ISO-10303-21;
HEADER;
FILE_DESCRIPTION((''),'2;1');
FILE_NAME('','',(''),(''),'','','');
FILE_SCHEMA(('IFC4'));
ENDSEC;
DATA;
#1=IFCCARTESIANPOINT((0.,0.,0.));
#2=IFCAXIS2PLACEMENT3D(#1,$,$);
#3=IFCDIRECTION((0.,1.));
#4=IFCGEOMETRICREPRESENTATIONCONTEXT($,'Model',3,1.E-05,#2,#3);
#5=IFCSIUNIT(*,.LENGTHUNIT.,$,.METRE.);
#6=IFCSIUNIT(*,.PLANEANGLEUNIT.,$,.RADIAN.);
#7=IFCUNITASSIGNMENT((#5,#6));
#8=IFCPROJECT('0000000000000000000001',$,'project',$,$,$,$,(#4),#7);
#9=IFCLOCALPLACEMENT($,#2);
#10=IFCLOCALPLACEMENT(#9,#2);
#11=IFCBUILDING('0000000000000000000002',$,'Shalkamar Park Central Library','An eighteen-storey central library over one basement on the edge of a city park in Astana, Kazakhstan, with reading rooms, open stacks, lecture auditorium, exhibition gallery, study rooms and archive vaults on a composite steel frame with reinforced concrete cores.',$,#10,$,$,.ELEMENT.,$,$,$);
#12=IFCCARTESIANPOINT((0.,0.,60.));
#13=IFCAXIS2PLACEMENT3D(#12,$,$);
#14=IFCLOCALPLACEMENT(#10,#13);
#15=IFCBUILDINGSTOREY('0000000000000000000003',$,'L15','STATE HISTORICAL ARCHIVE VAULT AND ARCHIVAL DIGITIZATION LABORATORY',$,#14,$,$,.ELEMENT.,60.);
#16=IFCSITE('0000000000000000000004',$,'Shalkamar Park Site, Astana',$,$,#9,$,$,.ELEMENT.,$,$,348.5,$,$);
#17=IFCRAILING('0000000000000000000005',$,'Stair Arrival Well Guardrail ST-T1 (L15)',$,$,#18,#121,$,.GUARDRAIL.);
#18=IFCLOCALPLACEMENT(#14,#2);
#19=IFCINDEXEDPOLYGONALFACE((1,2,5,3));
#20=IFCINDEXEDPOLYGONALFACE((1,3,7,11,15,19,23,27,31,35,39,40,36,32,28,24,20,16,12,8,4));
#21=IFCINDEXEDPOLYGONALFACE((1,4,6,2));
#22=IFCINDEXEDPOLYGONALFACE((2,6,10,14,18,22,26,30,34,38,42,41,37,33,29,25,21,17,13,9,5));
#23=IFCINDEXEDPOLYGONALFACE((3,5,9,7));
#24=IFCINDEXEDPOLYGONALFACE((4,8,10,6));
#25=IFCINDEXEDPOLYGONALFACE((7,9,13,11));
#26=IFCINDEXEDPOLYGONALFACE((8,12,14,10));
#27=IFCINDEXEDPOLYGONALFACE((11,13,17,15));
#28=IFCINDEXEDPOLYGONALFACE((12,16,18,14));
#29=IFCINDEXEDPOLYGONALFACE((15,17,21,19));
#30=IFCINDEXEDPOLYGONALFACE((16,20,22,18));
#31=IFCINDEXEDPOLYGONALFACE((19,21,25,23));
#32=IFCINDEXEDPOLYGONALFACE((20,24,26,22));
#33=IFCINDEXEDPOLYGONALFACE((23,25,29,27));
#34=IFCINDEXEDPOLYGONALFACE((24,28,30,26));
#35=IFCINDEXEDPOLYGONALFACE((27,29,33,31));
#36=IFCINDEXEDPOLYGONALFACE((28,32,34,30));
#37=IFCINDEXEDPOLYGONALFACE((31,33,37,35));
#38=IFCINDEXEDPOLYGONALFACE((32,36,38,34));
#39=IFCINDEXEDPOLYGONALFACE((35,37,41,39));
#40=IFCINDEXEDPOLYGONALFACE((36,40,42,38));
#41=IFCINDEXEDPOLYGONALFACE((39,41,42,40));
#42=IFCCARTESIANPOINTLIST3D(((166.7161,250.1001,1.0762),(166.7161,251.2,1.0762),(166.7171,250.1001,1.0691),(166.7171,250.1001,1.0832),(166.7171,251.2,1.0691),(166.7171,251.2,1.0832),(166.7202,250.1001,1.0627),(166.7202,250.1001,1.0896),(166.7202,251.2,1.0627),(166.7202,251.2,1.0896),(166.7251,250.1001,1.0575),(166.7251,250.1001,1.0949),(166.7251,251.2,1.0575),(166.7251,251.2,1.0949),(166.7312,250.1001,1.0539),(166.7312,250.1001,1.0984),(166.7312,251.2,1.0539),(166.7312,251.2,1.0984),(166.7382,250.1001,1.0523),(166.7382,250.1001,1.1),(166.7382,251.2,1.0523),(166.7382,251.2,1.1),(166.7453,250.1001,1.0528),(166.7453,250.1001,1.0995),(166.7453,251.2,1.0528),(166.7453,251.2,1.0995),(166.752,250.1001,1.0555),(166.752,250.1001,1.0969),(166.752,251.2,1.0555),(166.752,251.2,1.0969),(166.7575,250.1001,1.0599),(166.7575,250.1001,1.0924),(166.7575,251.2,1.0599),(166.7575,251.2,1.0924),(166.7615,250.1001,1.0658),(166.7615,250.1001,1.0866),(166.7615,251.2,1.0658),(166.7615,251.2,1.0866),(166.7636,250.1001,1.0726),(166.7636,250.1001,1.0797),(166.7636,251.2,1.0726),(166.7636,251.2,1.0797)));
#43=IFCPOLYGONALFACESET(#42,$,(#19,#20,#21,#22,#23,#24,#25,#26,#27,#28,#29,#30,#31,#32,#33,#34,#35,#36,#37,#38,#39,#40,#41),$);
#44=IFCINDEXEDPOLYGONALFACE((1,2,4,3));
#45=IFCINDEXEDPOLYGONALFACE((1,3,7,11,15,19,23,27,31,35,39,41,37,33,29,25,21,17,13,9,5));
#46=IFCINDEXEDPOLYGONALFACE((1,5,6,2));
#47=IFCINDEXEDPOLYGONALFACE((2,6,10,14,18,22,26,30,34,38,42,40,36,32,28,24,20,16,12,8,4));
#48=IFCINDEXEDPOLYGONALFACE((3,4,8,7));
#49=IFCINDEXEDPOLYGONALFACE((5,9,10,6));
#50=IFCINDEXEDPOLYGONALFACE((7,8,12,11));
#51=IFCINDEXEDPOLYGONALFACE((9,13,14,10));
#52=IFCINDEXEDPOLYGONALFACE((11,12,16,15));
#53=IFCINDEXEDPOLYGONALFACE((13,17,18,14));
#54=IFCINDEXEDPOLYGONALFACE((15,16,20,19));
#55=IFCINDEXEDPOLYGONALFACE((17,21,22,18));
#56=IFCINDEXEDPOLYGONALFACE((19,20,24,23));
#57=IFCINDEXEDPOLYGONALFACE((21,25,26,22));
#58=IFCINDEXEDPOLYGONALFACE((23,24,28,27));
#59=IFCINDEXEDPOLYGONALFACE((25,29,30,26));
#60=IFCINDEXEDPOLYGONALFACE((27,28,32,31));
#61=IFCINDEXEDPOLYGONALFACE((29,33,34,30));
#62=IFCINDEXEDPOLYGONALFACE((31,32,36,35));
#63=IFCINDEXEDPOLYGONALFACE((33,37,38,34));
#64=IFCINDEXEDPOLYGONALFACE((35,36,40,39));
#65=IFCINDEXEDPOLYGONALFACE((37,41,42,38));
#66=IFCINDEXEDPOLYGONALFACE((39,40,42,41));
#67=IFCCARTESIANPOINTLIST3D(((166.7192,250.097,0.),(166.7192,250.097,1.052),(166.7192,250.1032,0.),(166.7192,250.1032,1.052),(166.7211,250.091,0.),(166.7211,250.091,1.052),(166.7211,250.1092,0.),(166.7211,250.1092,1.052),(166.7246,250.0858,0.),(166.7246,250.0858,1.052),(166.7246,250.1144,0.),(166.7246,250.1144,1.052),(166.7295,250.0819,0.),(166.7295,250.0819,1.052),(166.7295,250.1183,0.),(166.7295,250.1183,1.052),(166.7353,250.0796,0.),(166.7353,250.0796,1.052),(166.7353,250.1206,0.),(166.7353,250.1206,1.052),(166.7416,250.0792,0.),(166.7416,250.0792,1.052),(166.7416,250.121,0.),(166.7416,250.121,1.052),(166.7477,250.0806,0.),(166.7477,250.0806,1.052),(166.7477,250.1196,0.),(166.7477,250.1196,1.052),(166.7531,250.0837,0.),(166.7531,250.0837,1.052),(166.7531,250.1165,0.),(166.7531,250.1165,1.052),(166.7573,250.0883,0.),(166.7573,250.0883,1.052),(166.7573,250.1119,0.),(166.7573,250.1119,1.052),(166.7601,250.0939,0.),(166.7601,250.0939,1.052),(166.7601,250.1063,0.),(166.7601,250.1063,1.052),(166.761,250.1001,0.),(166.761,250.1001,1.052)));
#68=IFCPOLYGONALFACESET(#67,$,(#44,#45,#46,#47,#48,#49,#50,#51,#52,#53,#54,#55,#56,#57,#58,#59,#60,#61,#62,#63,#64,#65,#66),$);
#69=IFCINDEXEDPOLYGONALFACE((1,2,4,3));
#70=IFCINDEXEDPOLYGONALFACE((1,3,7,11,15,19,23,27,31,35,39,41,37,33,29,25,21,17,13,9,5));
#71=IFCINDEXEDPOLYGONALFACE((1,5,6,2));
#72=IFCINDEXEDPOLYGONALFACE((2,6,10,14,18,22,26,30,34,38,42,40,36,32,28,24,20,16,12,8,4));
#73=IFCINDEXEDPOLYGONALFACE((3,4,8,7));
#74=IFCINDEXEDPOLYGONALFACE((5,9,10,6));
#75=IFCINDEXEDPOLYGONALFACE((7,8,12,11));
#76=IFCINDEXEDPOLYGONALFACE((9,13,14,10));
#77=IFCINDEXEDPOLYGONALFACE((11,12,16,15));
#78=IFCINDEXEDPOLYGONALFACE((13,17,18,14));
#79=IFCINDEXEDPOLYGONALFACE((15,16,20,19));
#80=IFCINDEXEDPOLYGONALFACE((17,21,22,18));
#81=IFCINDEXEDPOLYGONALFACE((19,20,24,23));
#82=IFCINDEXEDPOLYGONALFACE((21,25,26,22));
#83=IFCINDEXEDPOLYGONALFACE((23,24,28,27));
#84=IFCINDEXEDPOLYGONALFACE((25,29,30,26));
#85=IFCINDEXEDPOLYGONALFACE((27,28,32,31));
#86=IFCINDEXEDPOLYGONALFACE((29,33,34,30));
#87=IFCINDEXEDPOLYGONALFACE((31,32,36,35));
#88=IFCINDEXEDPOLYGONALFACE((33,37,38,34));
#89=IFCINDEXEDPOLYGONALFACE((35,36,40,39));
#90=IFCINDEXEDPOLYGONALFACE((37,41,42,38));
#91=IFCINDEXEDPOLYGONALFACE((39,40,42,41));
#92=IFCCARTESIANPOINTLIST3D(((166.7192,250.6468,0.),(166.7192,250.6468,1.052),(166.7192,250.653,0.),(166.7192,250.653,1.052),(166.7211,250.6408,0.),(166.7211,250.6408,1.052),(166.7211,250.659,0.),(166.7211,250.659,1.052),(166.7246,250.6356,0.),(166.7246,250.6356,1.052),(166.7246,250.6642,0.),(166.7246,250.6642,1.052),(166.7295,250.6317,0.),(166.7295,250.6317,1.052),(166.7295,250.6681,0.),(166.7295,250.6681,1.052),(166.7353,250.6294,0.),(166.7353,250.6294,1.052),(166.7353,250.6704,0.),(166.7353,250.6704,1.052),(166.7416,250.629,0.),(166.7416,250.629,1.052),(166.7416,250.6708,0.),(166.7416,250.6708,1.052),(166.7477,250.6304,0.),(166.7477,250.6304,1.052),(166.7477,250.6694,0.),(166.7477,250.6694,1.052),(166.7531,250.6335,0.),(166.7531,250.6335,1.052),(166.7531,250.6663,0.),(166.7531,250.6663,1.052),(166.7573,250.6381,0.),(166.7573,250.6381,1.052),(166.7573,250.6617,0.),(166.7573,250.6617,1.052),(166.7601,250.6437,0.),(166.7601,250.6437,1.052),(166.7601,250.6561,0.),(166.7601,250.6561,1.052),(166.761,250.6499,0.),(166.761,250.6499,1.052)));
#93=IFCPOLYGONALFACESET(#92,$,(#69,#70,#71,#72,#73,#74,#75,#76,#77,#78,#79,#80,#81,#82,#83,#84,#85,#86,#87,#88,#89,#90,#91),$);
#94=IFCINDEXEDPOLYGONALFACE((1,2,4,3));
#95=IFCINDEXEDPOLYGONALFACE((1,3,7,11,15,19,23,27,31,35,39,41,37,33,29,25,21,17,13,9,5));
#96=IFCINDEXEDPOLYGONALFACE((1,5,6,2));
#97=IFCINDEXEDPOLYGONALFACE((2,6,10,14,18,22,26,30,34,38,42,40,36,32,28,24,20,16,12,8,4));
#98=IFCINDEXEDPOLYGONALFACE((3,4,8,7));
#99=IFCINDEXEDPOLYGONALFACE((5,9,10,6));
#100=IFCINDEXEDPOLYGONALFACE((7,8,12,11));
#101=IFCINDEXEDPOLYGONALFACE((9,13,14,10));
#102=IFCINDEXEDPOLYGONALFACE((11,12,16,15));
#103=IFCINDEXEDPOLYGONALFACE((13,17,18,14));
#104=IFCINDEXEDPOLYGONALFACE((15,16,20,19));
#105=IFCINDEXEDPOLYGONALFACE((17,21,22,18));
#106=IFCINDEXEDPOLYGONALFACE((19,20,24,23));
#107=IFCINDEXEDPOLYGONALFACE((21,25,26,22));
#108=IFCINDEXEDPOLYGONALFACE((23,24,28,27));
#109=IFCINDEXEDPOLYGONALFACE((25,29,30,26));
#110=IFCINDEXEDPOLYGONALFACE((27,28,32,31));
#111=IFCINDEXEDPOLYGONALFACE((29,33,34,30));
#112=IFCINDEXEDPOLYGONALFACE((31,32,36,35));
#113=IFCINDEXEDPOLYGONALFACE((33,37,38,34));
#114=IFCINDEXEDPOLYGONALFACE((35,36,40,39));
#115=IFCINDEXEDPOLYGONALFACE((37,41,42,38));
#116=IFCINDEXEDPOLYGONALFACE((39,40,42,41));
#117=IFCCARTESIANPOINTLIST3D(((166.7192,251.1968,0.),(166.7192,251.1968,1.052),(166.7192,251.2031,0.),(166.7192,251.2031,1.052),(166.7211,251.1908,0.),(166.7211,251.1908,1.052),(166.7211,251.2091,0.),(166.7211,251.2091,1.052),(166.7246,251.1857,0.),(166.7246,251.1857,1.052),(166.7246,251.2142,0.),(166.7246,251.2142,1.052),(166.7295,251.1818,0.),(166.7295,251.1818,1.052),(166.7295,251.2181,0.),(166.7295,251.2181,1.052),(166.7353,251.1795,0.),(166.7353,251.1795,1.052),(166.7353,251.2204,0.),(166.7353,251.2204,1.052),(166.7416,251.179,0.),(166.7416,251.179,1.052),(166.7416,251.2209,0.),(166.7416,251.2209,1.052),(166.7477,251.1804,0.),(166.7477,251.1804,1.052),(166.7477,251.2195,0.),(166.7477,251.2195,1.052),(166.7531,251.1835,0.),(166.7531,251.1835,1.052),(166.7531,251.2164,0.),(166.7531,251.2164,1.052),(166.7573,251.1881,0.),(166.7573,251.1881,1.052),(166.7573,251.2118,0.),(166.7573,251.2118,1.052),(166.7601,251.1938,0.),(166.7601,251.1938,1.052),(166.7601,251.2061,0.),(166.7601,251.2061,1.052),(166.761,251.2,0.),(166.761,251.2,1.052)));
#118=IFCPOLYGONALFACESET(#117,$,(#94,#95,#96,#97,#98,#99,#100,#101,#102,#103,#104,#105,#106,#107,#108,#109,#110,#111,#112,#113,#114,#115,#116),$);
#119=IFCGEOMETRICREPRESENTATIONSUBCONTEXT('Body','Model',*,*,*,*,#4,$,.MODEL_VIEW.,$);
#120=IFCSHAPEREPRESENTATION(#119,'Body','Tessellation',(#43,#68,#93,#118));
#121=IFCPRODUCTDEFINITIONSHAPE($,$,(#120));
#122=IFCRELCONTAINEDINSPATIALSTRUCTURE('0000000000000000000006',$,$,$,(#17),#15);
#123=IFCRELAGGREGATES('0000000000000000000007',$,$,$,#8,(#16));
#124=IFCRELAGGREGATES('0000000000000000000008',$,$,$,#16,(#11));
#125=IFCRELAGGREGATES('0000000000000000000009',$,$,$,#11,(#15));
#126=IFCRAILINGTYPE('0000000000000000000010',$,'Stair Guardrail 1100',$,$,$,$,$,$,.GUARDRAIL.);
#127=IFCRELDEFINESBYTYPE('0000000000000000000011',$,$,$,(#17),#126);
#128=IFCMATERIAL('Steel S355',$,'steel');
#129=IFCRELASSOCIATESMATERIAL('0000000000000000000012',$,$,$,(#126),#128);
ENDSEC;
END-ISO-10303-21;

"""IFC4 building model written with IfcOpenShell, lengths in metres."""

from ifc_helpers import new_model, si_unit, direction, frame, origin, origin_2d, place, context, subcontext, project, spatial, circle, extrude, material, type_object, element, save


model = new_model("IFC4")

# Units and contexts
model_context = context("Model", 3, precision=1e-05, world=origin(), true_north=direction((0.0, 1.0)))
body_context = subcontext(model_context, "Body", "Model", "MODEL_VIEW")
ifc_project = project(units=[si_unit("LENGTHUNIT", "METRE"), si_unit("PLANEANGLEUNIT", "RADIAN")], contexts=[model_context])

# Site, building, storey
site_placement = place(None, origin())
site = spatial("IfcSite", under=ifc_project, at=site_placement, Name="Shalkamar Park Site, Astana", CompositionType="ELEMENT", RefElevation=348.5)
building_placement = place(site_placement, origin())
building = spatial("IfcBuilding", under=site, at=building_placement, Name="Shalkamar Park Central Library", Description="An eighteen-storey central library over one basement on the edge of a city park in Astana, Kazakhstan, with reading rooms, open stacks, lecture auditorium, exhibition gallery, study rooms and archive vaults on a composite steel frame with reinforced concrete cores.", CompositionType="ELEMENT")
storey_placement = place(building_placement, frame((0.0, 0.0, 60.0)))
storey = spatial("IfcBuildingStorey", under=building, at=storey_placement, Name="L15", Description="STATE HISTORICAL ARCHIVE VAULT AND ARCHIVAL DIGITIZATION LABORATORY", CompositionType="ELEMENT", Elevation=60.0)

# Shared definitions
ifc_material_1 = material(Name="Steel S355", Category="steel")

# Railing
railing_type_1 = type_object("IfcRailingType", Name="Stair Guardrail 1100", PredefinedType="GUARDRAIL", material=ifc_material_1)
railing_1_placement = place(storey_placement, frame((166.74, 250.1001, 0.0)))
element("IfcRailing", 1, at=railing_1_placement, inside=storey, type_object=railing_type_1, Name="Stair Arrival Well Guardrail ST-T1 (L15)", PredefinedType="GUARDRAIL", context=body_context, shape_type="SweptSolid", body=[
    extrude(circle(Radius=0.0239, at=origin_2d()), frame((0.0, 0.0, 1.0762), z_axis=(0.0, 1.0, 0.0), x_axis=(-1.0, 0.0, 0.0)), (0.0, 0.0, 1.0), 1.0999),
    extrude(circle(Radius=0.021, at=origin_2d()), origin(), (0.0, 0.0, 1.0), 1.052),
    extrude(circle(Radius=0.021, at=origin_2d()), frame((0.0, 0.5498, 0.0)), (0.0, 0.0, 1.0), 1.052),
    extrude(circle(Radius=0.021, at=origin_2d()), frame((0.0, 1.0999, 0.0)), (0.0, 0.0, 1.0), 1.052),
])

save(model, "model.ifc")
